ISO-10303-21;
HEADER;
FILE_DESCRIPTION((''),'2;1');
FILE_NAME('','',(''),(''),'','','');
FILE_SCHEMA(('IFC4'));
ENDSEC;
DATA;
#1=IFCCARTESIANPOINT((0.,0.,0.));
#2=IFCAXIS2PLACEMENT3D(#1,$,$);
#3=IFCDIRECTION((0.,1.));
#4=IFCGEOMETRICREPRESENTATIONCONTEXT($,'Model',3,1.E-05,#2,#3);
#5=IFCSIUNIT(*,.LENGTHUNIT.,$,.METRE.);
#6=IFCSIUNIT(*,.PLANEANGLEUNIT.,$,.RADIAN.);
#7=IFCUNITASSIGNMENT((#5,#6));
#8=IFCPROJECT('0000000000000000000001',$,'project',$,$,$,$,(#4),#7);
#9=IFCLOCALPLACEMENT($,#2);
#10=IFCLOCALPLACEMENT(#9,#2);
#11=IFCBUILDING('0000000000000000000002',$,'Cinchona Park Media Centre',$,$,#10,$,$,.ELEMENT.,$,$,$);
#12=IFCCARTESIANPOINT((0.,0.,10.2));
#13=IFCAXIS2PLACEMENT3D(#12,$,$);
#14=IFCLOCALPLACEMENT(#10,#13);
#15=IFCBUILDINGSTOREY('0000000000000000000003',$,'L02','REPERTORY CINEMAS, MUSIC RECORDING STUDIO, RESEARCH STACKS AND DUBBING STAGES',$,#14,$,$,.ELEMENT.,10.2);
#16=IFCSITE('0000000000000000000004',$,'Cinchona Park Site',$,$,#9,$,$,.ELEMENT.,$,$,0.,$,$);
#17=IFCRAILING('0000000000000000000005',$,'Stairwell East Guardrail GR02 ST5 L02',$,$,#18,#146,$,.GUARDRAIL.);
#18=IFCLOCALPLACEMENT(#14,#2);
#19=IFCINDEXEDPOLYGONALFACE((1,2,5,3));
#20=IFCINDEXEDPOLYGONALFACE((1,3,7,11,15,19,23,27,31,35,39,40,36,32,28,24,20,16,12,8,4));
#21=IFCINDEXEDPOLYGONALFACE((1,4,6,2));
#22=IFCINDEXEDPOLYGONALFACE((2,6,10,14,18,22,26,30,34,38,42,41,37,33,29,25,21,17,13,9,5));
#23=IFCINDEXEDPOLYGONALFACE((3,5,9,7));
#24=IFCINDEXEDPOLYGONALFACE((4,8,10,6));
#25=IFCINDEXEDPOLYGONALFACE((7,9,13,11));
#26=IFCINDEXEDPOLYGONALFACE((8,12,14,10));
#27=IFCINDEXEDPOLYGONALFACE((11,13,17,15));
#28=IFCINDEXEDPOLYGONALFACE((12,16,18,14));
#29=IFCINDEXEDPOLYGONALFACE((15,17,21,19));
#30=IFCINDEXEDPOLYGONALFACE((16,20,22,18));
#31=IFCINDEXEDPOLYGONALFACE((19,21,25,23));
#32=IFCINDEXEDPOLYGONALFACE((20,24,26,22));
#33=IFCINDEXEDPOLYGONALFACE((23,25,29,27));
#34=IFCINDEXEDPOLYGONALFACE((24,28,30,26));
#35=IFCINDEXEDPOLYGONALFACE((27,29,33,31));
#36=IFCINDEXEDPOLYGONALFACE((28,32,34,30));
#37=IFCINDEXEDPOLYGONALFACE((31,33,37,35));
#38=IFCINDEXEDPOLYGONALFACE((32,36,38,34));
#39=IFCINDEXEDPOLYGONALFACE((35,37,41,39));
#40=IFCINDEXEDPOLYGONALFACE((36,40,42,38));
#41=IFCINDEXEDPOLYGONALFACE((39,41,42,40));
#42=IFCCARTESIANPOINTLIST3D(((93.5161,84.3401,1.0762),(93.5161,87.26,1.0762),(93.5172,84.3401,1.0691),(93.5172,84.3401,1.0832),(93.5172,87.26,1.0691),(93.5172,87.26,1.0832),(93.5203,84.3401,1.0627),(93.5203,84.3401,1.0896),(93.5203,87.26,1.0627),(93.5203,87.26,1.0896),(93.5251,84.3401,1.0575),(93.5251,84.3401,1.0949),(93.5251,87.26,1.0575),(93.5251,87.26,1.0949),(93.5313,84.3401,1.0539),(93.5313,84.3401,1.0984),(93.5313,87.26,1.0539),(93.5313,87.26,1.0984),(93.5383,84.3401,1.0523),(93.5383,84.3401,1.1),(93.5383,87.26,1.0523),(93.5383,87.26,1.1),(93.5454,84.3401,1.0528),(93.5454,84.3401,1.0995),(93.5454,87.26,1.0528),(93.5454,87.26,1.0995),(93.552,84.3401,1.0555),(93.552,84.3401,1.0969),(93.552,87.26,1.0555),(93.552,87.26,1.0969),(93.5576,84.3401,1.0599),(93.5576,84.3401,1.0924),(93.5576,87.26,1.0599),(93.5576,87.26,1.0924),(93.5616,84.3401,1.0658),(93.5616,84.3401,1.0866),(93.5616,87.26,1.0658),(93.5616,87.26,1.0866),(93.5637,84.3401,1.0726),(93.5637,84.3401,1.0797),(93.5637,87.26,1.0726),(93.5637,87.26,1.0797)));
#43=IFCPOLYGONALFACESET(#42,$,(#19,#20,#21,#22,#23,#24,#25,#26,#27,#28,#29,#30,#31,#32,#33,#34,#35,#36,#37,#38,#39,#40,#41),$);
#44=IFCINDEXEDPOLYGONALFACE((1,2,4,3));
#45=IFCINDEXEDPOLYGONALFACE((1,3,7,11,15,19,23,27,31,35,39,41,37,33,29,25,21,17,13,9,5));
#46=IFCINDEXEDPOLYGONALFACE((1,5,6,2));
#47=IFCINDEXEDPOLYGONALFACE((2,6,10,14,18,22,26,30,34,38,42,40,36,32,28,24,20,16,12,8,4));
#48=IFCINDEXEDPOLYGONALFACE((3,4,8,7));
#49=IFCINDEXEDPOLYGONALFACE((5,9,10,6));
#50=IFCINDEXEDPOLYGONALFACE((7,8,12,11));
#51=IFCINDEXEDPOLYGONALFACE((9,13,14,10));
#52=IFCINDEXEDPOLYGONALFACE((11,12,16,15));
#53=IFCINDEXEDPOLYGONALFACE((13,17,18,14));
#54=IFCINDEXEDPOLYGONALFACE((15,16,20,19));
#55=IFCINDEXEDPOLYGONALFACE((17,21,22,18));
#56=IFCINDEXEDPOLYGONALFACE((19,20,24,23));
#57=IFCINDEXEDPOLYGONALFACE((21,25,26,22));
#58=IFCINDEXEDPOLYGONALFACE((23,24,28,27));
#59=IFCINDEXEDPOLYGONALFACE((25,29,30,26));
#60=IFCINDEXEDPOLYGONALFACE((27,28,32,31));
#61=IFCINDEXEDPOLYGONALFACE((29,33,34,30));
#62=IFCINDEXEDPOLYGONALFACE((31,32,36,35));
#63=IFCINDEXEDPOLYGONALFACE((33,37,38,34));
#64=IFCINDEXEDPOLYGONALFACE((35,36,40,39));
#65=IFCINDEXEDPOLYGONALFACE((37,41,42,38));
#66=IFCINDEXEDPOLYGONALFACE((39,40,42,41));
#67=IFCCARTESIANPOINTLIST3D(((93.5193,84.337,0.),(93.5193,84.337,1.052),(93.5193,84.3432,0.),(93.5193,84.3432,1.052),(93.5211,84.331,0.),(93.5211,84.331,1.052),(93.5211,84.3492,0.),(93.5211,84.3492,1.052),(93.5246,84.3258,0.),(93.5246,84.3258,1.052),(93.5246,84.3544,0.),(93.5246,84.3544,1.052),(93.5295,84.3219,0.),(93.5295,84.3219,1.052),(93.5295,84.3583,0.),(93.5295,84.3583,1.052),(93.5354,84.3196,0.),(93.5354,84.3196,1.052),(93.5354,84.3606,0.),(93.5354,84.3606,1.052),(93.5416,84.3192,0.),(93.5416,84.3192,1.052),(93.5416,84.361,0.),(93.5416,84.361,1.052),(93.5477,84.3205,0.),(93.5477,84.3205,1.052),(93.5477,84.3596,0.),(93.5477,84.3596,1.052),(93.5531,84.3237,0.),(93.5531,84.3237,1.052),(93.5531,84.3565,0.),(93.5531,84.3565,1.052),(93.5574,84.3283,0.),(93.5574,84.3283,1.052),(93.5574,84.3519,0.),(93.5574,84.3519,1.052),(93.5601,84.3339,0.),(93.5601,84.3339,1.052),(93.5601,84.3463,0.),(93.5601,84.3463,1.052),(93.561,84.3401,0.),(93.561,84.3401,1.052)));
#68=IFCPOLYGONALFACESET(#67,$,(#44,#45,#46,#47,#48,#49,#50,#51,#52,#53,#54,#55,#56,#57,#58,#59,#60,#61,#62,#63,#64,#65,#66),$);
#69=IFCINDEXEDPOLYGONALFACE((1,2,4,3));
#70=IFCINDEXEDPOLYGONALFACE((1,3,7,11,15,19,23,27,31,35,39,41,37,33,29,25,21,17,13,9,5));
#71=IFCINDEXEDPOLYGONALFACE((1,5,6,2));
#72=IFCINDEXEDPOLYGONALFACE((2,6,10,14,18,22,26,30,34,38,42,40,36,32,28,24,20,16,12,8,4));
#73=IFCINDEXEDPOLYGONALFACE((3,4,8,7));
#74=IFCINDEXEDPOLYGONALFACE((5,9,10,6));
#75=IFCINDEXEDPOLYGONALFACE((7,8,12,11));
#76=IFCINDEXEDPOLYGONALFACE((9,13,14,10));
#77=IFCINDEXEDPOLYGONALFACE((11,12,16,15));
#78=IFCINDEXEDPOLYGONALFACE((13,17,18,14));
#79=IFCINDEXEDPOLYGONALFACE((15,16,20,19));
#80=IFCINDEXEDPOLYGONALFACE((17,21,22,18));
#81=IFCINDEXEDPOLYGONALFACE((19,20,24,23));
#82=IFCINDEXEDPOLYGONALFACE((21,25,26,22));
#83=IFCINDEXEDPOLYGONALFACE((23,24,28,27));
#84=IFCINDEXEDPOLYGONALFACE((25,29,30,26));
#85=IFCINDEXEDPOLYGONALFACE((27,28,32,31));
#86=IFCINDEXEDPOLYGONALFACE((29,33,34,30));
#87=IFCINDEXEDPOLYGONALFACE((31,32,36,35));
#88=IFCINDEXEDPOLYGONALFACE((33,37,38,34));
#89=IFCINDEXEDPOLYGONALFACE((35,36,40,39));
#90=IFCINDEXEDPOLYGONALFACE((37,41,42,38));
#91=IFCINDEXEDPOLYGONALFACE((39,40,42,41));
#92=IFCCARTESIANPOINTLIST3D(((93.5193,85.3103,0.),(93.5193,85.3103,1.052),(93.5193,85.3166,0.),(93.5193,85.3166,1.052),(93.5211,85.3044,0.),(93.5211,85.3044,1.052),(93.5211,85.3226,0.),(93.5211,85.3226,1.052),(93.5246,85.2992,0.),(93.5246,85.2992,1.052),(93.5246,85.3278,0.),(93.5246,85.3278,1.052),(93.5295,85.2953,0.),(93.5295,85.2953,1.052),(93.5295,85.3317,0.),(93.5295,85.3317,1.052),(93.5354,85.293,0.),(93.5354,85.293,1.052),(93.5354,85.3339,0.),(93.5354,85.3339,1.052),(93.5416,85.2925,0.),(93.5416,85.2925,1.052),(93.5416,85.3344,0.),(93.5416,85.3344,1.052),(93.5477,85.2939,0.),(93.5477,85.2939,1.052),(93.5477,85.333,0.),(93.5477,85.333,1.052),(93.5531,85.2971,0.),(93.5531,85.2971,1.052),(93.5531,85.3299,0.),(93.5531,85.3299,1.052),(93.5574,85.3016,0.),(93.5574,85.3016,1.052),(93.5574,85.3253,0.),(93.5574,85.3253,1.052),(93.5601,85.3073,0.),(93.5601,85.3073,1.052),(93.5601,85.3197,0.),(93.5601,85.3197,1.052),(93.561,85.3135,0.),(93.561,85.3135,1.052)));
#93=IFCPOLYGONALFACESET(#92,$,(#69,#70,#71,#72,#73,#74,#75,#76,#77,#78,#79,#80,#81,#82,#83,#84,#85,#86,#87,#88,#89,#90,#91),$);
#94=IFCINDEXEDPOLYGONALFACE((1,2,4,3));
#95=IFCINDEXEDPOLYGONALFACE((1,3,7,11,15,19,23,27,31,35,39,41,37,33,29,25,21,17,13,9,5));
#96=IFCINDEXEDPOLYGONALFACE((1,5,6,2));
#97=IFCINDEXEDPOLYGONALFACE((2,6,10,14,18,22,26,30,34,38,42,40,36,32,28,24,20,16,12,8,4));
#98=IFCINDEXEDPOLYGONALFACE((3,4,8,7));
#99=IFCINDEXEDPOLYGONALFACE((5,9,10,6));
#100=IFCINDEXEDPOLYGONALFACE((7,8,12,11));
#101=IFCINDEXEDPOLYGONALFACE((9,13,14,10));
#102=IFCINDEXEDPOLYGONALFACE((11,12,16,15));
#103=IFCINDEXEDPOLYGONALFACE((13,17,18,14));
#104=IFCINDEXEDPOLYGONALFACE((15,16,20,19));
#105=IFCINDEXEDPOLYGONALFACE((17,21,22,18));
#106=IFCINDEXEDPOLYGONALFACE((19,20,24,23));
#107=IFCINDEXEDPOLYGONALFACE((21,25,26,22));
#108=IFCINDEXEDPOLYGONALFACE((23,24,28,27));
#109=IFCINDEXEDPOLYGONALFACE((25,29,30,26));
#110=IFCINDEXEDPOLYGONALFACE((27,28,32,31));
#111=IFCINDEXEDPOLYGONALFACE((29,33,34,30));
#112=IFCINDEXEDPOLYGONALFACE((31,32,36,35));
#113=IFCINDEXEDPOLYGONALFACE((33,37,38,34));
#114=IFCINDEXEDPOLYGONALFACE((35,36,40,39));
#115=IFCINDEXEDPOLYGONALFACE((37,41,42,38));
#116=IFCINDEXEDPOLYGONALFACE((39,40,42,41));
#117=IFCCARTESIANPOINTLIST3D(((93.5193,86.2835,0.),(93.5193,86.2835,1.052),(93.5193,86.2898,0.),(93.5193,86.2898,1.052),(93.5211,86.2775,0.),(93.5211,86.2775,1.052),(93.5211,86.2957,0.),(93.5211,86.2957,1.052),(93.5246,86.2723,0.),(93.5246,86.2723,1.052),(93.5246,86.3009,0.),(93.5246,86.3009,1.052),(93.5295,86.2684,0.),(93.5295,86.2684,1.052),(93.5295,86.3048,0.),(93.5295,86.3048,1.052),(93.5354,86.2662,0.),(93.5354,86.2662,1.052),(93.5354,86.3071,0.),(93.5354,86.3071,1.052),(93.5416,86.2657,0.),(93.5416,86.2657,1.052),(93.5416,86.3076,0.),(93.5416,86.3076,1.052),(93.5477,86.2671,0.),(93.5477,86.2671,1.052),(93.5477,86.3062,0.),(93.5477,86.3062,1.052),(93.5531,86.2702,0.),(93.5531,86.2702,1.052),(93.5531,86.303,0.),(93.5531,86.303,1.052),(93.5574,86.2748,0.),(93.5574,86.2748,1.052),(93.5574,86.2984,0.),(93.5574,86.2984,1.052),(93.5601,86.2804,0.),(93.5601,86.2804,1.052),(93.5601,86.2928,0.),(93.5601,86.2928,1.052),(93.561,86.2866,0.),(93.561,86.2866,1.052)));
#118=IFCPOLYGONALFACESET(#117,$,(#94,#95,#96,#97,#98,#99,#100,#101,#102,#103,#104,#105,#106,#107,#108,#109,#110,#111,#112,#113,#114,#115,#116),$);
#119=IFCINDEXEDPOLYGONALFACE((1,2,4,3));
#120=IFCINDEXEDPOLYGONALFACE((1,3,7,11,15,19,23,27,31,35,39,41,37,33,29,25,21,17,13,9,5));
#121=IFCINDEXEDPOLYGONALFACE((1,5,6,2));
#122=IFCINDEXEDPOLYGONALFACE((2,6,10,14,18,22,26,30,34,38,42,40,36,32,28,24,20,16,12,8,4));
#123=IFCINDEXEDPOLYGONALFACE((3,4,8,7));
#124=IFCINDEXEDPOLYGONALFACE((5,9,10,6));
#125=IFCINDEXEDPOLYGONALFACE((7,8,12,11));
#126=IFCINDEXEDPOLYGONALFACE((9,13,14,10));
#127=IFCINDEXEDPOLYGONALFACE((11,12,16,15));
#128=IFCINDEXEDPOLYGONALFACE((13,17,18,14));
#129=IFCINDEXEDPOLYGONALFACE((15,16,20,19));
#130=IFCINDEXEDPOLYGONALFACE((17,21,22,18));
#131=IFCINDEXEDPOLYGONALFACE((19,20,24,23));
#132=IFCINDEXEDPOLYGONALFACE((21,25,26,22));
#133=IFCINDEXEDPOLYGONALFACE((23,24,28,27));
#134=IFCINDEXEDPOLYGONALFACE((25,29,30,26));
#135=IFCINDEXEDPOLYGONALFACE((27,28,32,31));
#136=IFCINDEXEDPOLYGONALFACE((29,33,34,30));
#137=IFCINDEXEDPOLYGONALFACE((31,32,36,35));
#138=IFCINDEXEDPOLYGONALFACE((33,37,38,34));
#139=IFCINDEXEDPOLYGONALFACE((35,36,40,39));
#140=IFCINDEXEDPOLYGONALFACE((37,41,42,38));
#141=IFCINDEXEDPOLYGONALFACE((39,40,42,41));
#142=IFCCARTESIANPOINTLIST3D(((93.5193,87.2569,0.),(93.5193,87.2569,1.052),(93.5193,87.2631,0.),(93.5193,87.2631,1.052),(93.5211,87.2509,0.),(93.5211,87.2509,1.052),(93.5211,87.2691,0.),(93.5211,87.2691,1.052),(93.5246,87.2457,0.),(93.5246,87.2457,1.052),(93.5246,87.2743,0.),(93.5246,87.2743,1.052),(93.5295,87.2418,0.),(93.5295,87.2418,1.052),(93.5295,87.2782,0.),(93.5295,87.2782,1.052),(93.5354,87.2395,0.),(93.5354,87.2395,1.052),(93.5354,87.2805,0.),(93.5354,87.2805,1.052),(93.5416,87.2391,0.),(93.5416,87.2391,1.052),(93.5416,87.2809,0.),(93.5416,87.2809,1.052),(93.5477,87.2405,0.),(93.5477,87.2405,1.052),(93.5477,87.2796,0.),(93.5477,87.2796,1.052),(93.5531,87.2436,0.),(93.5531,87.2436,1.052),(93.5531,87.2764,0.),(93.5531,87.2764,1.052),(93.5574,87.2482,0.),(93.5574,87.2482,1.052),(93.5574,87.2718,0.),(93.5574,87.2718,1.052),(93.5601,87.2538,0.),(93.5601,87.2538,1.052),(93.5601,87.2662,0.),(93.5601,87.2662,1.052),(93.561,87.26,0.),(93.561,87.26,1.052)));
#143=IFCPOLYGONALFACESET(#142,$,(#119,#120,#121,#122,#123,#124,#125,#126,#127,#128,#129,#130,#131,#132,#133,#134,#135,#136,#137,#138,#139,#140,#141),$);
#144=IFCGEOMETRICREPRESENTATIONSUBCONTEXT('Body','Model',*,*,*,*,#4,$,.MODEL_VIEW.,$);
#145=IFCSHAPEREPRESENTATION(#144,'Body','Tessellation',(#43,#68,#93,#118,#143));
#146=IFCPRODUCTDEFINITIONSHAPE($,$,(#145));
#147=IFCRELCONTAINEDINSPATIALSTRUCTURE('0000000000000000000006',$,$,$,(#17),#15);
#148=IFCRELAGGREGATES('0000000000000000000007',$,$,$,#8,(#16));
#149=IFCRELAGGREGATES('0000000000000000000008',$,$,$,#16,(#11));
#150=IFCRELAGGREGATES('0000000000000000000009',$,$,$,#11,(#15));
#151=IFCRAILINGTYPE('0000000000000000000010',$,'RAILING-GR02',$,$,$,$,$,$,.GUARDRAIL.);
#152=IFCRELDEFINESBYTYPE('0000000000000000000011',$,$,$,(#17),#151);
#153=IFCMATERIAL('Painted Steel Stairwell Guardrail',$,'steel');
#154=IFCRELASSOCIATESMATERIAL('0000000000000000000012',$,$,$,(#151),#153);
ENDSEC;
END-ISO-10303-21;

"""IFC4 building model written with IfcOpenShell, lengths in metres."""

from ifc_helpers import new_model, si_unit, direction, frame, origin, origin_2d, place, context, subcontext, project, spatial, circle, extrude, material, type_object, element, save


model = new_model("IFC4")

# Units and contexts
model_context = context("Model", 3, precision=1e-05, world=origin(), true_north=direction((0.0, 1.0)))
body_context = subcontext(model_context, "Body", "Model", "MODEL_VIEW")
ifc_project = project(units=[si_unit("LENGTHUNIT", "METRE"), si_unit("PLANEANGLEUNIT", "RADIAN")], contexts=[model_context])

# Site, building, storey
site_placement = place(None, origin())
site = spatial("IfcSite", under=ifc_project, at=site_placement, Name="Cinchona Park Site", CompositionType="ELEMENT", RefElevation=0.0)
building_placement = place(site_placement, origin())
building = spatial("IfcBuilding", under=site, at=building_placement, Name="Cinchona Park Media Centre", CompositionType="ELEMENT")
storey_placement = place(building_placement, frame((0.0, 0.0, 10.2)))
storey = spatial("IfcBuildingStorey", under=building, at=storey_placement, Name="L02", Description="REPERTORY CINEMAS, MUSIC RECORDING STUDIO, RESEARCH STACKS AND DUBBING STAGES", CompositionType="ELEMENT", Elevation=10.2)

# Railing
ifc_material_1 = material(Name="Painted Steel Stairwell Guardrail", Category="steel")
railing_type_1 = type_object("IfcRailingType", Name="RAILING-GR02", PredefinedType="GUARDRAIL", material=ifc_material_1)
railing_1_placement = place(storey_placement, frame((93.54, 84.3401, 0.0)))
element("IfcRailing", 1, at=railing_1_placement, inside=storey, type_object=railing_type_1, Name="Stairwell East Guardrail GR02 ST5 L02", PredefinedType="GUARDRAIL", context=body_context, shape_type="SweptSolid", body=[
    extrude(circle(Radius=0.0239, at=origin_2d()), frame((0.0, 0.0, 1.0762), z_axis=(0.0, 1.0, 0.0), x_axis=(-1.0, 0.0, 0.0)), (0.0, 0.0, 1.0), 2.9199),
    extrude(circle(Radius=0.021, at=origin_2d()), origin(), (0.0, 0.0, 1.0), 1.052),
    extrude(circle(Radius=0.021, at=origin_2d()), frame((0.0, 0.9734, 0.0)), (0.0, 0.0, 1.0), 1.052),
    extrude(circle(Radius=0.021, at=origin_2d()), frame((0.0, 1.9465, 0.0)), (0.0, 0.0, 1.0), 1.052),
    extrude(circle(Radius=0.021, at=origin_2d()), frame((0.0, 2.9199, 0.0)), (0.0, 0.0, 1.0), 1.052),
])

save(model, "model.ifc")
